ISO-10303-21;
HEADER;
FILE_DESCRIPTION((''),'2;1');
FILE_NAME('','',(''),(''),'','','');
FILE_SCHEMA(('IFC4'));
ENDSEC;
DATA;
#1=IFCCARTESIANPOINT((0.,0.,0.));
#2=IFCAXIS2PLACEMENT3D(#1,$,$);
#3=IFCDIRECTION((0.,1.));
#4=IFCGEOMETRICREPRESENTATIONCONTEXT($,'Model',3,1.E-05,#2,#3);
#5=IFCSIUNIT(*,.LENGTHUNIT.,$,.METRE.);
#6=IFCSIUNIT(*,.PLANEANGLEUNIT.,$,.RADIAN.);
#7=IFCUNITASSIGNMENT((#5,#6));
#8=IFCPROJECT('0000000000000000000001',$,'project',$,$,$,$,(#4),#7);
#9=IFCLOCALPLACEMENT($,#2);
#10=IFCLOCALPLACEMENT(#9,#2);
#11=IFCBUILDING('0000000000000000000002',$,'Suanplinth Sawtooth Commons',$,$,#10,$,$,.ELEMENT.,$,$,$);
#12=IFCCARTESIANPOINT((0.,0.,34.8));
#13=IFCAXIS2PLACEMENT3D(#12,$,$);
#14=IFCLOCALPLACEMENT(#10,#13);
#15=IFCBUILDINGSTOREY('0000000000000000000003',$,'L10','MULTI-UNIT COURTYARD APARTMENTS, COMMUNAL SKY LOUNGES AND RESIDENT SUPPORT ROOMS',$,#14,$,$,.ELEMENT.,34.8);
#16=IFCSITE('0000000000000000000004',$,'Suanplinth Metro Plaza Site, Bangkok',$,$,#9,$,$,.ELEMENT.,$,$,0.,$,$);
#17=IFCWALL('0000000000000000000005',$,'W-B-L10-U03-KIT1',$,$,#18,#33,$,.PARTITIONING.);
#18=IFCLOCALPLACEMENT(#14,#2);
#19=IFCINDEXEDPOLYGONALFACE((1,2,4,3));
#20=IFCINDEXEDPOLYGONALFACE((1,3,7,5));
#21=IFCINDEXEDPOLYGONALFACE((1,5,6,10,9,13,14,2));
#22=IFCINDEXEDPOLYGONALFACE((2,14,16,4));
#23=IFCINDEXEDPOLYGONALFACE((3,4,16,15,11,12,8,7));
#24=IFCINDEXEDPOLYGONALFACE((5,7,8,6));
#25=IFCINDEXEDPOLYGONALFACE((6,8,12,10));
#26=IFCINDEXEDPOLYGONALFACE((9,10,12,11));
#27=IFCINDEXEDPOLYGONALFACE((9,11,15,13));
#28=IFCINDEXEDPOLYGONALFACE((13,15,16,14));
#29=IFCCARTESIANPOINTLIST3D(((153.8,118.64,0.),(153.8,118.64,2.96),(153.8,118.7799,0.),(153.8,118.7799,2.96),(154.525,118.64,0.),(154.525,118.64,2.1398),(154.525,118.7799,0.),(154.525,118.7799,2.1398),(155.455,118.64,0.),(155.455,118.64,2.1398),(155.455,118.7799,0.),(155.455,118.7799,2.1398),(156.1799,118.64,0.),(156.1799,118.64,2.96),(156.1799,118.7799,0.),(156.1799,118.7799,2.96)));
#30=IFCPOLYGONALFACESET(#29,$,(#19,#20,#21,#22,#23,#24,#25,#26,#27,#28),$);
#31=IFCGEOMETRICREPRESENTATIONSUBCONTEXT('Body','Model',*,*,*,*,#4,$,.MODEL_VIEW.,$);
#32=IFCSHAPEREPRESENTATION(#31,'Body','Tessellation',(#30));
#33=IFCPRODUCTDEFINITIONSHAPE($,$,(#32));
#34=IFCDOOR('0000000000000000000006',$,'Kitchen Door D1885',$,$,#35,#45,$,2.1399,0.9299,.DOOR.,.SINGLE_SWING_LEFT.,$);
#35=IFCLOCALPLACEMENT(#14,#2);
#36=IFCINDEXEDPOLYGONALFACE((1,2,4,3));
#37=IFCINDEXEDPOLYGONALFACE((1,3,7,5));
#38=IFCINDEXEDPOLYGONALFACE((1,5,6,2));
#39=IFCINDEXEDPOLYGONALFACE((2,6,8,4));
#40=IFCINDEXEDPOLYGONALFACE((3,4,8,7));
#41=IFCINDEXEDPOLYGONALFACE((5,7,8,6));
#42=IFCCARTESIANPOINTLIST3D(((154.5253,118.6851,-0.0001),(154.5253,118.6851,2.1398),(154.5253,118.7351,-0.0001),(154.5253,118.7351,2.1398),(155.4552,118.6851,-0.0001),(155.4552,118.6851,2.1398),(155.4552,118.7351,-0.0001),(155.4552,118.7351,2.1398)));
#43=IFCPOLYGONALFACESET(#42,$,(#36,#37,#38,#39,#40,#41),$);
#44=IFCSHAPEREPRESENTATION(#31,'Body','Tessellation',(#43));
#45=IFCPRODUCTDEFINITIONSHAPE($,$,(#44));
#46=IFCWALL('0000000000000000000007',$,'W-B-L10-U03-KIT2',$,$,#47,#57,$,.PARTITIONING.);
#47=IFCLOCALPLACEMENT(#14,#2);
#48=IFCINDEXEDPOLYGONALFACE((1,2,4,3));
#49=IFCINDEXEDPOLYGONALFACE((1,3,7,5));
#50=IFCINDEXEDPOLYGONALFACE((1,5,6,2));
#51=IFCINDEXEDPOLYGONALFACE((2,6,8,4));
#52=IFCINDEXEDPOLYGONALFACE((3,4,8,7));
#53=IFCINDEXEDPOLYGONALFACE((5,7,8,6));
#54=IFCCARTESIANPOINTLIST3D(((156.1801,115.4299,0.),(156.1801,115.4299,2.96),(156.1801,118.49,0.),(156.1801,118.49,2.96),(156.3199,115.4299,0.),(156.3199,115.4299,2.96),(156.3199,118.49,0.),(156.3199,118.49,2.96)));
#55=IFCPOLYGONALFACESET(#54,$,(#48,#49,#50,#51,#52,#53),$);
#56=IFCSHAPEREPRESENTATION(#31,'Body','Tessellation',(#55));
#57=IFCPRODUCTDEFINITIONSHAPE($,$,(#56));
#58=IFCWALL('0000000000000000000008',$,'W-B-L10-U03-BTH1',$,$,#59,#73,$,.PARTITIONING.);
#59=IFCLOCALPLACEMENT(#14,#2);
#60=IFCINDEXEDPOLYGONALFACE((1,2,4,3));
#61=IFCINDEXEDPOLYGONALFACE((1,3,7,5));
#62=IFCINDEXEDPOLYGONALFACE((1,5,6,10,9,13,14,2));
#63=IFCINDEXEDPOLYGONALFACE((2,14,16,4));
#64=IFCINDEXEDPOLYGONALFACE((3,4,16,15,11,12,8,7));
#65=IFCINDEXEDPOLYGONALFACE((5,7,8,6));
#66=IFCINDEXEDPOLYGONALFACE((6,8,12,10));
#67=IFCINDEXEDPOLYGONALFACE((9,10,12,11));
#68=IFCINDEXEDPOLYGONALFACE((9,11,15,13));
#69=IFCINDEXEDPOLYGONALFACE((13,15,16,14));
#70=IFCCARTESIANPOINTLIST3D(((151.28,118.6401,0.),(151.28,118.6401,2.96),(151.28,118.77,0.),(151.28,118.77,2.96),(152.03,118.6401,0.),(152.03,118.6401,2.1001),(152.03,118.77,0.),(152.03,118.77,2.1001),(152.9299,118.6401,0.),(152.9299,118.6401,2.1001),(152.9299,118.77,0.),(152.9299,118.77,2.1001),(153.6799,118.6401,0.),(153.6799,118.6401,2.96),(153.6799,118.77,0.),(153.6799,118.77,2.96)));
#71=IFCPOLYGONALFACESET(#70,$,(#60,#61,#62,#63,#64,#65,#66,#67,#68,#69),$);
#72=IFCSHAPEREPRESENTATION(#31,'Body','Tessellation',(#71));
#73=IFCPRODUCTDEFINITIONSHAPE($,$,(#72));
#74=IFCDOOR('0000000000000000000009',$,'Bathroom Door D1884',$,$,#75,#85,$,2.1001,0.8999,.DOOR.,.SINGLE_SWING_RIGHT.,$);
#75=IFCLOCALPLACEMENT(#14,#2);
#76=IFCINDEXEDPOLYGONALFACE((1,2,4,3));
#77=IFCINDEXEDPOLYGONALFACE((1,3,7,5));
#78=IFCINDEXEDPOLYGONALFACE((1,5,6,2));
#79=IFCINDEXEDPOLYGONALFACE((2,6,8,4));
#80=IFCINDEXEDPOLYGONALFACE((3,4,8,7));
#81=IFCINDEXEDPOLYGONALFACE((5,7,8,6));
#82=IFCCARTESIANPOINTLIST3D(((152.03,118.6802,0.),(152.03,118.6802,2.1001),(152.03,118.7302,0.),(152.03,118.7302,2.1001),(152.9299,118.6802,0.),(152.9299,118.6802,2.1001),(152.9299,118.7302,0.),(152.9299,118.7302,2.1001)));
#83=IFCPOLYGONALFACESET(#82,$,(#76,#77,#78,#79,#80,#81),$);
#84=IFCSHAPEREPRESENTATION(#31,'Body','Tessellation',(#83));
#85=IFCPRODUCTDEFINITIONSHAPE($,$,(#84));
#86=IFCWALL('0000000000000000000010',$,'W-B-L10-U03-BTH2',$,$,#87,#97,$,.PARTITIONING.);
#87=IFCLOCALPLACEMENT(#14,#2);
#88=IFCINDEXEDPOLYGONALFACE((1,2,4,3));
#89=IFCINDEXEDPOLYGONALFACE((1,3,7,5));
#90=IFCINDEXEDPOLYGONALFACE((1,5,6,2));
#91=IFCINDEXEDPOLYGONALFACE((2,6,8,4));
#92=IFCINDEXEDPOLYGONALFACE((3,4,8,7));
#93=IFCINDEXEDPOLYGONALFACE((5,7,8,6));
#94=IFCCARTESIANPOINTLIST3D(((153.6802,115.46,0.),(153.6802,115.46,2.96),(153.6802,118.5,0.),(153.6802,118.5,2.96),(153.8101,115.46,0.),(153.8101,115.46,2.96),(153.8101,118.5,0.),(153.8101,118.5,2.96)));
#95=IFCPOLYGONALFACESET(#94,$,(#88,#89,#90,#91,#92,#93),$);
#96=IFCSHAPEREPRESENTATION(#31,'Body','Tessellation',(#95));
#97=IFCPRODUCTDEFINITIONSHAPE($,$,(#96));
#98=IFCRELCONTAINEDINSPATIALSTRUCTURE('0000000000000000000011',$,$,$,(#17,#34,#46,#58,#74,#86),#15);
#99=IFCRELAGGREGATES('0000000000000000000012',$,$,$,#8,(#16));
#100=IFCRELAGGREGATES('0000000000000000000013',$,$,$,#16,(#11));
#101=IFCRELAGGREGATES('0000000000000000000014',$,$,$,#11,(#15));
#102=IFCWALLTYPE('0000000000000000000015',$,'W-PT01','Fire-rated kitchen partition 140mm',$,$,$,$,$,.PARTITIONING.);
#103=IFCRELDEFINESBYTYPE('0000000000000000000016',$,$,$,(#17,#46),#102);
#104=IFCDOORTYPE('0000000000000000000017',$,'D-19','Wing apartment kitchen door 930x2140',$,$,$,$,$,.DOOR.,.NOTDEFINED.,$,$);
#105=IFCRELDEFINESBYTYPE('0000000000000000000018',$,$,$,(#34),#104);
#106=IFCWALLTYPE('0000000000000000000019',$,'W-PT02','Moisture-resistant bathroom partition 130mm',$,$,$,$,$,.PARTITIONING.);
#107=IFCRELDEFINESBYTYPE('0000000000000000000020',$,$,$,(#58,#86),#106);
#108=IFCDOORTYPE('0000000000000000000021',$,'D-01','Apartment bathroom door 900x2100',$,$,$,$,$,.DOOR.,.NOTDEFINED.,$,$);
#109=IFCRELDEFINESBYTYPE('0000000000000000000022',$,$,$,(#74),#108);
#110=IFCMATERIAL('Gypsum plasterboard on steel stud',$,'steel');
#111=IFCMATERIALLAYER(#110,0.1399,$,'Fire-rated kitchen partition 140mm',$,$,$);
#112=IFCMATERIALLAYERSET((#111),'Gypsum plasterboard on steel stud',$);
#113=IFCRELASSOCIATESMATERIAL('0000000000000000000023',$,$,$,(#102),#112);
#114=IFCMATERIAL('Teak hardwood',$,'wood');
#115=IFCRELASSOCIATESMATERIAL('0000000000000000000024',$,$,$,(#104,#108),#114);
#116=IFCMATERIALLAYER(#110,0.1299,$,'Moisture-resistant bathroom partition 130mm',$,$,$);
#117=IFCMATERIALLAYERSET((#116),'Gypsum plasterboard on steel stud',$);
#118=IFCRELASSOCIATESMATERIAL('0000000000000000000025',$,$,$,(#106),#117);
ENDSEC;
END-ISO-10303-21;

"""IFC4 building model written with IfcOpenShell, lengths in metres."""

from ifc_helpers import new_model, si_unit, direction, frame, frame_2d, origin, place, context, subcontext, project, spatial, rectangle, extrude, material, layer, layer_set, type_object, element, fill, save


model = new_model("IFC4")

# Units and contexts
model_context = context("Model", 3, precision=1e-05, world=origin(), true_north=direction((0.0, 1.0)))
body_context = subcontext(model_context, "Body", "Model", "MODEL_VIEW")
ifc_project = project(units=[si_unit("LENGTHUNIT", "METRE"), si_unit("PLANEANGLEUNIT", "RADIAN")], contexts=[model_context])

# Site, building, storey
site_placement = place(None, origin())
site = spatial("IfcSite", under=ifc_project, at=site_placement, Name="Suanplinth Metro Plaza Site, Bangkok", CompositionType="ELEMENT", RefElevation=0.0)
building_placement = place(site_placement, origin())
building = spatial("IfcBuilding", under=site, at=building_placement, Name="Suanplinth Sawtooth Commons", CompositionType="ELEMENT")
storey_placement = place(building_placement, frame((0.0, 0.0, 34.8)))
storey = spatial("IfcBuildingStorey", under=building, at=storey_placement, Name="L10", Description="MULTI-UNIT COURTYARD APARTMENTS, COMMUNAL SKY LOUNGES AND RESIDENT SUPPORT ROOMS", CompositionType="ELEMENT", Elevation=34.8)

# Wall, opening, door
ifc_material_1 = material(Name="Teak hardwood", Category="wood")
ifc_material_2 = material(Name="Gypsum plasterboard on steel stud", Category="steel")
ifc_layer_1 = layer(ifc_material_2, 0.1399, Name="Fire-rated kitchen partition 140mm")
ifc_layer_set_1 = layer_set([ifc_layer_1], Name="Gypsum plasterboard on steel stud")
wall_type_1 = type_object("IfcWallType", Name="W-PT01", Description="Fire-rated kitchen partition 140mm", PredefinedType="PARTITIONING", material=ifc_layer_set_1)
wall_1_placement = place(storey_placement, frame((153.8, 118.71, 0.0), z_axis=(0.0, 0.0, 1.0), x_axis=(1.0, 0.0, 0.0)))
wall_1 = element("IfcWall", 1, at=wall_1_placement, inside=storey, type_object=wall_type_1, Name="W-B-L10-U03-KIT1", PredefinedType="PARTITIONING", context=body_context, shape_type="SweptSolid", body=[
    extrude(rectangle(XDim=2.3799, YDim=0.1399, at=frame_2d((1.1899, 0.0))), origin(), (0.0, 0.0, 1.0), 2.96),
])
opening_1_placement = place(wall_1_placement, frame((0.7251, 0.0, 0.0)))
opening_1 = element("IfcOpeningElement", 2, at=opening_1_placement, cuts=wall_1, PredefinedType="OPENING", context=body_context, shape_type="SweptSolid", body=[
    extrude(rectangle(XDim=0.9299, YDim=2.1399, at=frame_2d((0.4648, 1.0698))), frame((0.0, 0.085, 0.0), z_axis=(0.0, -1.0, 0.0), x_axis=(1.0, 0.0, 0.0)), (0.0, 0.0, 1.0), 0.1697),
])
door_type_1 = type_object("IfcDoorType", Name="D-19", Description="Wing apartment kitchen door 930x2140", OperationType="NOTDEFINED", PredefinedType="DOOR", material=ifc_material_1)
door_1_placement = place(opening_1_placement, frame((0.9299, 0.0, 0.0), z_axis=(0.0, 0.0, 1.0), x_axis=(-1.0, 0.0, 0.0)))
door_1 = element("IfcDoor", 3, at=door_1_placement, inside=storey, type_object=door_type_1, Name="Kitchen Door D1885", OperationType="SINGLE_SWING_LEFT", OverallHeight=2.1399, OverallWidth=0.9299, PredefinedType="DOOR", context=body_context, shape_type="SweptSolid", body=[
    extrude(rectangle(XDim=0.9299, YDim=2.1399, at=frame_2d((0.4648, 1.0698))), frame((0.0, 0.0249, 0.0), z_axis=(0.0, -1.0, 0.0), x_axis=(1.0, 0.0, 0.0)), (0.0, 0.0, 1.0), 0.05),
])
fill(opening_1, door_1)

# Wall
wall_2_placement = place(storey_placement, frame((156.25, 115.4299, 0.0), z_axis=(0.0, 0.0, 1.0), x_axis=(0.0, 1.0, 0.0)))
element("IfcWall", 4, at=wall_2_placement, inside=storey, type_object=wall_type_1, Name="W-B-L10-U03-KIT2", PredefinedType="PARTITIONING", context=body_context, shape_type="SweptSolid", body=[
    extrude(rectangle(XDim=3.0601, YDim=0.1399, at=frame_2d((1.53, 0.0))), origin(), (0.0, 0.0, 1.0), 2.96),
])

# Wall, opening, door
ifc_layer_2 = layer(ifc_material_2, 0.1299, Name="Moisture-resistant bathroom partition 130mm")
ifc_layer_set_2 = layer_set([ifc_layer_2], Name="Gypsum plasterboard on steel stud")
wall_type_2 = type_object("IfcWallType", Name="W-PT02", Description="Moisture-resistant bathroom partition 130mm", PredefinedType="PARTITIONING", material=ifc_layer_set_2)
wall_3_placement = place(storey_placement, frame((151.28, 118.7051, 0.0), z_axis=(0.0, 0.0, 1.0), x_axis=(1.0, 0.0, 0.0)))
wall_3 = element("IfcWall", 5, at=wall_3_placement, inside=storey, type_object=wall_type_2, Name="W-B-L10-U03-BTH1", PredefinedType="PARTITIONING", context=body_context, shape_type="SweptSolid", body=[
    extrude(rectangle(XDim=2.3999, YDim=0.1299, at=frame_2d((1.2, 0.0))), origin(), (0.0, 0.0, 1.0), 2.96),
])
opening_2_placement = place(wall_3_placement, frame((0.75, 0.0, 0.0)))
opening_2 = element("IfcOpeningElement", 6, at=opening_2_placement, cuts=wall_3, PredefinedType="OPENING", context=body_context, shape_type="SweptSolid", body=[
    extrude(rectangle(XDim=0.8999, YDim=2.1001, at=frame_2d((0.45, 1.05))), frame((0.0, 0.0798, 0.0), z_axis=(0.0, -1.0, 0.0), x_axis=(1.0, 0.0, 0.0)), (0.0, 0.0, 1.0), 0.1597),
])
door_type_2 = type_object("IfcDoorType", Name="D-01", Description="Apartment bathroom door 900x2100", OperationType="NOTDEFINED", PredefinedType="DOOR", material=ifc_material_1)
door_2_placement = place(opening_2_placement, frame((0.8999, 0.0, 0.0), z_axis=(0.0, 0.0, 1.0), x_axis=(-1.0, 0.0, 0.0)))
door_2 = element("IfcDoor", 7, at=door_2_placement, inside=storey, type_object=door_type_2, Name="Bathroom Door D1884", OperationType="SINGLE_SWING_RIGHT", OverallHeight=2.1001, OverallWidth=0.8999, PredefinedType="DOOR", context=body_context, shape_type="SweptSolid", body=[
    extrude(rectangle(XDim=0.8999, YDim=2.1001, at=frame_2d((0.45, 1.05))), frame((0.0, 0.0249, 0.0), z_axis=(0.0, -1.0, 0.0), x_axis=(1.0, 0.0, 0.0)), (0.0, 0.0, 1.0), 0.05),
])
fill(opening_2, door_2)

# Wall
wall_4_placement = place(storey_placement, frame((153.7451, 115.46, 0.0), z_axis=(0.0, 0.0, 1.0), x_axis=(0.0, 1.0, 0.0)))
element("IfcWall", 8, at=wall_4_placement, inside=storey, type_object=wall_type_2, Name="W-B-L10-U03-BTH2", PredefinedType="PARTITIONING", context=body_context, shape_type="SweptSolid", body=[
    extrude(rectangle(XDim=3.04, YDim=0.1299, at=frame_2d((1.52, 0.0))), origin(), (0.0, 0.0, 1.0), 2.96),
])

save(model, "model.ifc")
